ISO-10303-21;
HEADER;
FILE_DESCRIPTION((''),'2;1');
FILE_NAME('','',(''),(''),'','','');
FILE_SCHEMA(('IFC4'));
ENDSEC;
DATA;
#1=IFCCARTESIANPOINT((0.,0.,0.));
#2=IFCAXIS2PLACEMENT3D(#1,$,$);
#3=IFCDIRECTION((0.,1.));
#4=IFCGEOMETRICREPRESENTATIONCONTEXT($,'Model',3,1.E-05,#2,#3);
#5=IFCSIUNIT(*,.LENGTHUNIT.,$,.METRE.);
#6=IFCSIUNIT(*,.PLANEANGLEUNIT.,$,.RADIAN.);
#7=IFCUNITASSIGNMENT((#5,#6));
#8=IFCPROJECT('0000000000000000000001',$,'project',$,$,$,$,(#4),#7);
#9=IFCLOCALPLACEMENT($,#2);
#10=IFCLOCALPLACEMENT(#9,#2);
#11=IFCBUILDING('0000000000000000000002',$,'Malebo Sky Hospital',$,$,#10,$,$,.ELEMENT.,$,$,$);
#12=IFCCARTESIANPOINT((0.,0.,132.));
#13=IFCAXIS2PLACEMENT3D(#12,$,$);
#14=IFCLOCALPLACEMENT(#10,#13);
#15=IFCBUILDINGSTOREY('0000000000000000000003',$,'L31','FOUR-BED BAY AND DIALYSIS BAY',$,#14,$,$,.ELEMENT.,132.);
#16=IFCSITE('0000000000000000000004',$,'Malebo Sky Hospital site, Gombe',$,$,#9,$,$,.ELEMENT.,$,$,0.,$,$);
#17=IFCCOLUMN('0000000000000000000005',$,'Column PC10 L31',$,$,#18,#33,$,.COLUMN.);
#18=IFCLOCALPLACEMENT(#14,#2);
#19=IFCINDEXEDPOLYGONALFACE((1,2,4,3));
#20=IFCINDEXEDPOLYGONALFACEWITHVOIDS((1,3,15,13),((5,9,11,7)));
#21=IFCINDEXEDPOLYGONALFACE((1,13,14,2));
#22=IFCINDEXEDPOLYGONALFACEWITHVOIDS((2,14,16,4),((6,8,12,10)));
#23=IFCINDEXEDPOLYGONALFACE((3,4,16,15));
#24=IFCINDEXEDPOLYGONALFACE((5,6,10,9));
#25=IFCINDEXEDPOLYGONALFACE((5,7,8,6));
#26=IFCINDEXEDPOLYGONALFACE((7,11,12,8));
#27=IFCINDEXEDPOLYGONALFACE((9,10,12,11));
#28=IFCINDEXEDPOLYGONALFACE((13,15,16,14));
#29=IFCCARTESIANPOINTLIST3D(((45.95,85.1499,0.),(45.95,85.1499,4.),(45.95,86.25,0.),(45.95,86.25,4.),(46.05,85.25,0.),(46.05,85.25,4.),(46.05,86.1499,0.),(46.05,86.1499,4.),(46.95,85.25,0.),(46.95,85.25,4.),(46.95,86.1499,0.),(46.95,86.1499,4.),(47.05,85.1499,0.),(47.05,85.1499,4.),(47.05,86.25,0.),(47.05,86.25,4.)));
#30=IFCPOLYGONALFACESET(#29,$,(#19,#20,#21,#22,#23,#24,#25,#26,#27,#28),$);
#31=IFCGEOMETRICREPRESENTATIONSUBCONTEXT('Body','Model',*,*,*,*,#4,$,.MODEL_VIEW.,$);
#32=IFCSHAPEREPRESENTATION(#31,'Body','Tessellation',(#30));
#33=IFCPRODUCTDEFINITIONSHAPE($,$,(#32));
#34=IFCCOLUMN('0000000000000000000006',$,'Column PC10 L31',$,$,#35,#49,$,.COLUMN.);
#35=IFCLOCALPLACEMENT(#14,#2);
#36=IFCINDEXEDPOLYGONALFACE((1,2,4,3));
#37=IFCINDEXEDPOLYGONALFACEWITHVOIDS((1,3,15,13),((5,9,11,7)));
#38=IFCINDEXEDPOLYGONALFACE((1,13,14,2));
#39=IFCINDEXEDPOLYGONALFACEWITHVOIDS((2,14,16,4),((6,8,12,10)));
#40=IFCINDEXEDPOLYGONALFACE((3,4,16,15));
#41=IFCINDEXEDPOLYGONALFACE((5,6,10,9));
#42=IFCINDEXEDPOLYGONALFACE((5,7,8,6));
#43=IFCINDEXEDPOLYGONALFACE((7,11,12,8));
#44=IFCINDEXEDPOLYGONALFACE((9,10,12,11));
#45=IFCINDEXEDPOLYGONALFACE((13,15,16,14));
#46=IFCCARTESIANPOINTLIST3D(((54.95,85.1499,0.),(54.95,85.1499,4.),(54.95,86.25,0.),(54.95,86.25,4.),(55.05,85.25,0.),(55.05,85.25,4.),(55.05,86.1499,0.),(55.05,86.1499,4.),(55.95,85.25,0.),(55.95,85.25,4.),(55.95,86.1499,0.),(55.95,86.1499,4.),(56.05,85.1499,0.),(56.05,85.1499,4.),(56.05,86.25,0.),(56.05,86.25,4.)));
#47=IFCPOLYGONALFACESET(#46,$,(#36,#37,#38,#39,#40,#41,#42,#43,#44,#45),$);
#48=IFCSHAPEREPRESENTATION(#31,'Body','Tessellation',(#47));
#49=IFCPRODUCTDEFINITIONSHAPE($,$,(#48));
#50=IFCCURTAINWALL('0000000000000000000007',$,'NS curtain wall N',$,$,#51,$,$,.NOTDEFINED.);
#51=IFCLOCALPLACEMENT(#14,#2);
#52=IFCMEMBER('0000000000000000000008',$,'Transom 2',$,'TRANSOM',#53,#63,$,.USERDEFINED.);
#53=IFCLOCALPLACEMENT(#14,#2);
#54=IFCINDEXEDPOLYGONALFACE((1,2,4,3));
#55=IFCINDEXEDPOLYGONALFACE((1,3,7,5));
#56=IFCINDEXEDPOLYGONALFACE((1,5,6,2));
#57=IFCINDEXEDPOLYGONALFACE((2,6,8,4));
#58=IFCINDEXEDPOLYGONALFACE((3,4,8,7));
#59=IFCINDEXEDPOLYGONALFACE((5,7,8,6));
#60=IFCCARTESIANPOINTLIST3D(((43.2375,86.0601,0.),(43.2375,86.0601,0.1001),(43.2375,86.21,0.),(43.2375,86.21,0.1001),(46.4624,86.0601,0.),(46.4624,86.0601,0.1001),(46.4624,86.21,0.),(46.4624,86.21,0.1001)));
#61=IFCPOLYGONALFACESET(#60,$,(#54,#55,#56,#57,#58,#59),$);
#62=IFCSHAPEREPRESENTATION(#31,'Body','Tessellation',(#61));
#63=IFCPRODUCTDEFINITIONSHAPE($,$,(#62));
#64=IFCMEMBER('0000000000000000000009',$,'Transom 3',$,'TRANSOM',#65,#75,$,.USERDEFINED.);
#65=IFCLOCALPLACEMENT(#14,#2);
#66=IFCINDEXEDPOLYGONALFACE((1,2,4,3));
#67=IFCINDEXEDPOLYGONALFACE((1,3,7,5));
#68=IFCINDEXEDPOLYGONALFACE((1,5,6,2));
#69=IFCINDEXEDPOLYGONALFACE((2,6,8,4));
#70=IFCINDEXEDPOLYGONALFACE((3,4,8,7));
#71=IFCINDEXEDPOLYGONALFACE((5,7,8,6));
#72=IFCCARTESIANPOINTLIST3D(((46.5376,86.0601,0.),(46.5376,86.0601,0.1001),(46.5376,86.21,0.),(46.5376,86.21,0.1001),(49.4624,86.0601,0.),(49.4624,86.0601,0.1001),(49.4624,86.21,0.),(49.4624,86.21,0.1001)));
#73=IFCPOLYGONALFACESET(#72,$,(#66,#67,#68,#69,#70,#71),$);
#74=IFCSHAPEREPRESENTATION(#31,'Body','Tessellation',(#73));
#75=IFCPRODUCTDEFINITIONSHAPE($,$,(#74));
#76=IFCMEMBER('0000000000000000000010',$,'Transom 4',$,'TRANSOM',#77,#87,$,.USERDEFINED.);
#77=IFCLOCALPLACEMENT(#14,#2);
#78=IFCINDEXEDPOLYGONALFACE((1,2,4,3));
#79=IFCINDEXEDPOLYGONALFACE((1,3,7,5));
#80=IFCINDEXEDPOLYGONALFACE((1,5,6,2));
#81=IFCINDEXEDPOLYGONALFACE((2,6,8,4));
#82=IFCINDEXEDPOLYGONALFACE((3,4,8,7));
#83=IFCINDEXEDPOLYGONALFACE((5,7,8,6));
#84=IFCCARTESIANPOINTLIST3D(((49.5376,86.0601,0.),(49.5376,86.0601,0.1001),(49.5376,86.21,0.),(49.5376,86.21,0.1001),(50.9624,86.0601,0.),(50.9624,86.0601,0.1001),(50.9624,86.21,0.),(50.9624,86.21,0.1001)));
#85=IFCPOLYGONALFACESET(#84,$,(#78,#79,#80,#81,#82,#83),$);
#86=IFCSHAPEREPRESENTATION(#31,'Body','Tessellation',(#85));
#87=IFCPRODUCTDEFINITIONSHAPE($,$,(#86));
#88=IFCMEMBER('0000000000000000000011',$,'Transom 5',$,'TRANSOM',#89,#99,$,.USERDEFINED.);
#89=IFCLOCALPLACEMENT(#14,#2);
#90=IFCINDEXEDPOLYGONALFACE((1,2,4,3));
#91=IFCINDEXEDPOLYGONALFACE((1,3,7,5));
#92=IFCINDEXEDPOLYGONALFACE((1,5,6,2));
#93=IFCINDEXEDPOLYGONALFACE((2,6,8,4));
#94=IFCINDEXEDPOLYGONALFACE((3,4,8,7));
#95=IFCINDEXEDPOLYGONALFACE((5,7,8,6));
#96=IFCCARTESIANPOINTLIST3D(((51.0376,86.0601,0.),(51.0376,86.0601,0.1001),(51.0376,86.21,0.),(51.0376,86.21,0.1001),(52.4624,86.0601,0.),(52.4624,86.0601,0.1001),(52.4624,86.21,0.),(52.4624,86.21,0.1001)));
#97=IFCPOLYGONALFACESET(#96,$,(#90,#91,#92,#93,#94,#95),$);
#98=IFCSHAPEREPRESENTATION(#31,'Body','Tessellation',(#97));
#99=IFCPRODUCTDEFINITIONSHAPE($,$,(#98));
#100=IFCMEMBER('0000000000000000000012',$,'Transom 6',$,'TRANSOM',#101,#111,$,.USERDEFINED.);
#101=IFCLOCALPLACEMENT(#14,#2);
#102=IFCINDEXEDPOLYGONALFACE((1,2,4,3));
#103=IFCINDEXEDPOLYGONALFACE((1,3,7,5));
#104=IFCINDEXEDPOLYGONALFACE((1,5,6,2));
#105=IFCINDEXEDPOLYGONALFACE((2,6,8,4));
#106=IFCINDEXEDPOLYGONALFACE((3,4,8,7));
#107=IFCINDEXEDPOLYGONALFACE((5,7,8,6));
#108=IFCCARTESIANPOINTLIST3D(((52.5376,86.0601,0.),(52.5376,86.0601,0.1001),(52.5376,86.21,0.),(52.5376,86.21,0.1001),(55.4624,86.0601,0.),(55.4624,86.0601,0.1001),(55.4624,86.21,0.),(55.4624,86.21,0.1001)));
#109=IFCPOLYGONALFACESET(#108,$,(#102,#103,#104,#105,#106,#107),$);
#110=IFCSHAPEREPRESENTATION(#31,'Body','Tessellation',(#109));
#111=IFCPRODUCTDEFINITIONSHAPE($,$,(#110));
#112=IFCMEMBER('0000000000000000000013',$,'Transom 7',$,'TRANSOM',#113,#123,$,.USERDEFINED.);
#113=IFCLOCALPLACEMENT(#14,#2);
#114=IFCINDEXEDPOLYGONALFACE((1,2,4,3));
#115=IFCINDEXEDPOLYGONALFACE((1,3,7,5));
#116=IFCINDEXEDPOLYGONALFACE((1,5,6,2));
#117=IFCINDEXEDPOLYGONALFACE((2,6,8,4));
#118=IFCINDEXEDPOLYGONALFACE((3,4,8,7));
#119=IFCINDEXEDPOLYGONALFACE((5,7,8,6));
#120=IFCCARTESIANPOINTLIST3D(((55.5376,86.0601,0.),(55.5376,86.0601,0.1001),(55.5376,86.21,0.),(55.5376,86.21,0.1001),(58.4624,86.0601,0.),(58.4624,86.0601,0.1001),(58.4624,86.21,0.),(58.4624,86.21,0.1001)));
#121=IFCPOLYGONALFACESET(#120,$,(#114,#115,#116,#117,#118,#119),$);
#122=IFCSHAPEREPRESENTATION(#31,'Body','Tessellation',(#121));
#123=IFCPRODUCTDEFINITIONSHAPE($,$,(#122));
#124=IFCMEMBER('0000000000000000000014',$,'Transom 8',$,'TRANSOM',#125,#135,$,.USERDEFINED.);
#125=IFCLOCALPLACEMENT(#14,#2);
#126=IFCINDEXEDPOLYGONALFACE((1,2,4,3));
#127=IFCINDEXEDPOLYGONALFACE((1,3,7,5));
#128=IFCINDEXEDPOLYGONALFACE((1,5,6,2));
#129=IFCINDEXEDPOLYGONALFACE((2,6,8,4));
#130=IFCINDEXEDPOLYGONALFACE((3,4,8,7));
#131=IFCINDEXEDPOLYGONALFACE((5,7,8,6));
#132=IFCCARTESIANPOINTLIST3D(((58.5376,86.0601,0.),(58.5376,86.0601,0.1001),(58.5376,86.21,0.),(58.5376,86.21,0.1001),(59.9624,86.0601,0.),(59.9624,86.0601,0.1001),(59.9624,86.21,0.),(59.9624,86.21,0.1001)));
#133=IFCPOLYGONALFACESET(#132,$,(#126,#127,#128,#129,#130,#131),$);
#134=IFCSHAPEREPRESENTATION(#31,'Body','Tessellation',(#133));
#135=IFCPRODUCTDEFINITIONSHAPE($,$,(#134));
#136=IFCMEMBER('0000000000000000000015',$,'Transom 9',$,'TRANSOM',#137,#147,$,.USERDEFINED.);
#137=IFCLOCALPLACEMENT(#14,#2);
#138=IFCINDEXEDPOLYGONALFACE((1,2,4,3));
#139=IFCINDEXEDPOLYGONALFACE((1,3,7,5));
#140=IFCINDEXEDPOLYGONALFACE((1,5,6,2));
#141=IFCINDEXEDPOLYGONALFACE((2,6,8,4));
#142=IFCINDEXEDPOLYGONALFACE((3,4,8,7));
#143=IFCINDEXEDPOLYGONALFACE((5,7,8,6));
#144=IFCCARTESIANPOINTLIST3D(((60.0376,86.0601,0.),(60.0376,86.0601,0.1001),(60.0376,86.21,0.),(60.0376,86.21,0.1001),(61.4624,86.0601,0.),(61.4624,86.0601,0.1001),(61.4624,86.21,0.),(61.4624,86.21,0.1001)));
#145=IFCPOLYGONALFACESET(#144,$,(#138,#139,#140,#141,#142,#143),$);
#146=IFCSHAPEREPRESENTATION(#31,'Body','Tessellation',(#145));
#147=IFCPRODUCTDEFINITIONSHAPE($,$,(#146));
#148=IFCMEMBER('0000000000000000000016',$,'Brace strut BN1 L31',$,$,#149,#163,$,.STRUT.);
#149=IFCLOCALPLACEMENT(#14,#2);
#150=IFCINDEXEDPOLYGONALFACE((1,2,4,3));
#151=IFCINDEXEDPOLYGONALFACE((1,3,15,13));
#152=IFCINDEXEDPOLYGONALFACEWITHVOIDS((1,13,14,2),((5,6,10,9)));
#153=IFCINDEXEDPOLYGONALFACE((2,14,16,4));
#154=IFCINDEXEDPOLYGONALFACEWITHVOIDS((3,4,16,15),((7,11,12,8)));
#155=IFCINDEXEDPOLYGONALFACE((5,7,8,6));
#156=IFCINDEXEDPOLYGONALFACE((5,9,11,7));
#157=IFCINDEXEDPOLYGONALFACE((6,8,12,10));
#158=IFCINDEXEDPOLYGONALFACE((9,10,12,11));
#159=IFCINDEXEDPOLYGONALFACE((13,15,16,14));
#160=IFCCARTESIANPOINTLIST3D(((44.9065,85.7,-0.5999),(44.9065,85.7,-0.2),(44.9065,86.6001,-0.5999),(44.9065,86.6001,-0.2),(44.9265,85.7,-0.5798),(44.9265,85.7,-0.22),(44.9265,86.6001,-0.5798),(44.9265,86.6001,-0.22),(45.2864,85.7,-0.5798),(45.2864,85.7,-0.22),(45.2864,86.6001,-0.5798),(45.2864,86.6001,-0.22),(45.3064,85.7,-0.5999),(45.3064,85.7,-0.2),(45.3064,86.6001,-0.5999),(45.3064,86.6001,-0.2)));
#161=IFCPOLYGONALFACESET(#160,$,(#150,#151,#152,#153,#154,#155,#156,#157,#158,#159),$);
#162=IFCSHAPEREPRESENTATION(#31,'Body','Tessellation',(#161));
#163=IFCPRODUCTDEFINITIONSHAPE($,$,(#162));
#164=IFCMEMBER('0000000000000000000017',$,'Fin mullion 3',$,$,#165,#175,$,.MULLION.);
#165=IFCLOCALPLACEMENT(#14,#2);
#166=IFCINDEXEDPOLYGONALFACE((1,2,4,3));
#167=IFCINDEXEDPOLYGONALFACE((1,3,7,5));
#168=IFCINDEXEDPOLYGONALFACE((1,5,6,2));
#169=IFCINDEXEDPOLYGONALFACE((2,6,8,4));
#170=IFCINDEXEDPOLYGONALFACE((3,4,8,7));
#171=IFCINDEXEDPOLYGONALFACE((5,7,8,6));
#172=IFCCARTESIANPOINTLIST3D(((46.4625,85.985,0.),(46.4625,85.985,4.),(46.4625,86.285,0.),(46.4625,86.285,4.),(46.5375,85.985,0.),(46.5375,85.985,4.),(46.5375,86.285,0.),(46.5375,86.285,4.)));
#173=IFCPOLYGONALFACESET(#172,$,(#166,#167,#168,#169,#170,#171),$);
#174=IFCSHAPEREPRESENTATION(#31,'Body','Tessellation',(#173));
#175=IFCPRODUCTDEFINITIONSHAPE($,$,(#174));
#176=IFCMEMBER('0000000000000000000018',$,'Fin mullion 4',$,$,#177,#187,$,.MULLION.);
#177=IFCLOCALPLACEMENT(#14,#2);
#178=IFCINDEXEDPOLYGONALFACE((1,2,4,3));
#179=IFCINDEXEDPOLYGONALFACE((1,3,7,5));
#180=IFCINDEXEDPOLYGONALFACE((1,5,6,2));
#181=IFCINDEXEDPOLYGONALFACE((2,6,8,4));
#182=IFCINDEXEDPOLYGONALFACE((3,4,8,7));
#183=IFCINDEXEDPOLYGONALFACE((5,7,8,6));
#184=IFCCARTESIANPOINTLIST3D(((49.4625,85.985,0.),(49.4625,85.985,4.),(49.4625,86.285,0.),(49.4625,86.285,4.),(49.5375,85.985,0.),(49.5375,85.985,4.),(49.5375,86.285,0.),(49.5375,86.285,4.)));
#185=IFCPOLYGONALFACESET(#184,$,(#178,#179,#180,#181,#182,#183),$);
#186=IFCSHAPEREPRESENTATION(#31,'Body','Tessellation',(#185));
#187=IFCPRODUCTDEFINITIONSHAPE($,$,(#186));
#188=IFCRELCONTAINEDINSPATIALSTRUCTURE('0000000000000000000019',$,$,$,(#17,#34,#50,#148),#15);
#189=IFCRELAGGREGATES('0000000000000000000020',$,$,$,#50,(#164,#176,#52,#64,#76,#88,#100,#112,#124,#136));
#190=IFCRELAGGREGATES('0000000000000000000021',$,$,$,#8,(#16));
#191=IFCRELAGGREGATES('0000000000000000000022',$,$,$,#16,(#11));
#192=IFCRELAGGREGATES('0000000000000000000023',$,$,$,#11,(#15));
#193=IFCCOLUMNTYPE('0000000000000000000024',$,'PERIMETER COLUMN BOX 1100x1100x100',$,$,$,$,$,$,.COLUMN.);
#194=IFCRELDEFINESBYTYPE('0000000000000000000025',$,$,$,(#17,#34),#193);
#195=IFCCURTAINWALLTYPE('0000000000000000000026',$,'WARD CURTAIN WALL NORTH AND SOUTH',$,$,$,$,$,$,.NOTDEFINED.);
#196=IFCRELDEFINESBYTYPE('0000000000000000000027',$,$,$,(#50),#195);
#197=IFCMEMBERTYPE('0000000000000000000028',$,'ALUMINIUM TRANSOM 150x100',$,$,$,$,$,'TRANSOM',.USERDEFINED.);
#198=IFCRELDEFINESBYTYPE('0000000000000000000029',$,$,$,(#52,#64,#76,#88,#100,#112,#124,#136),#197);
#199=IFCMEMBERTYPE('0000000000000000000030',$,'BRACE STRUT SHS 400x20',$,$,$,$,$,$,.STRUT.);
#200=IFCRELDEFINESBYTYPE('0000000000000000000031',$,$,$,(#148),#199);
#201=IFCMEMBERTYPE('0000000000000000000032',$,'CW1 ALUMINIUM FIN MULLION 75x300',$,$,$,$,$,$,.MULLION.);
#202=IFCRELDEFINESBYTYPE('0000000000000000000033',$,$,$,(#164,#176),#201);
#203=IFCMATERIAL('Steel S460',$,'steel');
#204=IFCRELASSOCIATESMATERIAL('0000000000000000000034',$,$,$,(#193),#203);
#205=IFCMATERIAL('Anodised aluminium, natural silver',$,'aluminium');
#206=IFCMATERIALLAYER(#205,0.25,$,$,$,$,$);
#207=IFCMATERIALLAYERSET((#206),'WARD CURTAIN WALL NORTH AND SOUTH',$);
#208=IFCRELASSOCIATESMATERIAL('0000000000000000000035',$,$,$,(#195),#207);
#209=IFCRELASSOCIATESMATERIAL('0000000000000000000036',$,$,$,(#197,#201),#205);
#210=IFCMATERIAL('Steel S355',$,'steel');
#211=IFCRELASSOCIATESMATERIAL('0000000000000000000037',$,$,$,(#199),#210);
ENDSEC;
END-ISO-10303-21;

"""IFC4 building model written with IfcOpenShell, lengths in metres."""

from ifc_helpers import new_model, si_unit, direction, frame, origin, origin_2d, place, context, subcontext, project, spatial, rectangle, hollow_rectangle, extrude, material, layer, layer_set, material_profile, profile_set, type_object, element, aggregate, save


model = new_model("IFC4")

# Units and contexts
model_context = context("Model", 3, precision=1e-05, world=origin(), true_north=direction((0.0, 1.0)))
body_context = subcontext(model_context, "Body", "Model", "MODEL_VIEW")
ifc_project = project(units=[si_unit("LENGTHUNIT", "METRE"), si_unit("PLANEANGLEUNIT", "RADIAN")], contexts=[model_context])

# Site, building, storey
site_placement = place(None, origin())
site = spatial("IfcSite", under=ifc_project, at=site_placement, Name="Malebo Sky Hospital site, Gombe", CompositionType="ELEMENT", RefElevation=0.0)
building_placement = place(site_placement, origin())
building = spatial("IfcBuilding", under=site, at=building_placement, Name="Malebo Sky Hospital", CompositionType="ELEMENT")
storey_placement = place(building_placement, frame((0.0, 0.0, 132.0)))
storey = spatial("IfcBuildingStorey", under=building, at=storey_placement, Name="L31", Description="FOUR-BED BAY AND DIALYSIS BAY", CompositionType="ELEMENT", Elevation=132.0)

# Columns
ifc_material_1 = material(Name="Steel S460", Category="steel")
ifc_material_profile_1 = material_profile(ifc_material_1, hollow_rectangle(XDim=1.1001, YDim=1.1001, WallThickness=0.1001, at=origin_2d()), Name="BOX 1100x1100x100")
ifc_profile_set_1 = profile_set([ifc_material_profile_1], Name="Steel S460")
column_type = type_object("IfcColumnType", Name="PERIMETER COLUMN BOX 1100x1100x100", PredefinedType="COLUMN", material=ifc_profile_set_1)
for number, where, z_axis, x_axis, name in (
    (1, (46.5, 85.7, 0.0), (0.0, 0.0, 1.0), (1.0, 0.0, 0.0), "Column PC10 L31"),
    (2, (55.5, 85.7, 0.0), (0.0, 0.0, 1.0), (1.0, 0.0, 0.0), "Column PC10 L31"),
):
    element("IfcColumn", number, at=place(storey_placement, frame(where, z_axis=z_axis, x_axis=x_axis)), inside=storey, type_object=column_type, Name=name, PredefinedType="COLUMN", context=body_context, shape_type="SweptSolid", body=[
        extrude(hollow_rectangle(XDim=1.1001, YDim=1.1001, WallThickness=0.1001, at=origin_2d()), origin(), (0.0, 0.0, 1.0), 4.0),
    ])

# Curtain wall, members
ifc_material_2 = material(Name="Anodised aluminium, natural silver", Category="aluminium")
ifc_layer_1 = layer(ifc_material_2, 0.25)
ifc_layer_set_1 = layer_set([ifc_layer_1], Name="WARD CURTAIN WALL NORTH AND SOUTH")
curtain_wall_type = type_object("IfcCurtainWallType", Name="WARD CURTAIN WALL NORTH AND SOUTH", PredefinedType="NOTDEFINED", material=ifc_layer_set_1)
curtain_wall_placement = place(storey_placement, origin())
curtain_wall = element("IfcCurtainWall", 3, at=curtain_wall_placement, inside=storey, type_object=curtain_wall_type, Name="NS curtain wall N", PredefinedType="NOTDEFINED")
ifc_material_profile_2 = material_profile(ifc_material_2, rectangle(XDim=0.1499, YDim=0.1001, at=origin_2d()), Name="ALUMINIUM TRANSOM 150x100")
ifc_profile_set_2 = profile_set([ifc_material_profile_2], Name="Anodised aluminium, natural silver")
member_type_1 = type_object("IfcMemberType", Name="ALUMINIUM TRANSOM 150x100", ElementType="TRANSOM", PredefinedType="USERDEFINED", material=ifc_profile_set_2)
member_1_placement = place(storey_placement, frame((43.2375, 86.135, 0.05), z_axis=(1.0, 0.0, 0.0), x_axis=(0.0, 1.0, 0.0)))
member_1 = element("IfcMember", 4, at=member_1_placement, type_object=member_type_1, Name="Transom 2", ObjectType="TRANSOM", PredefinedType="USERDEFINED", context=body_context, shape_type="SweptSolid", body=[
    extrude(rectangle(XDim=0.1499, YDim=0.1001, at=origin_2d()), origin(), (0.0, 0.0, 1.0), 3.2249),
])
member_2_placement = place(storey_placement, frame((46.5376, 86.135, 0.05), z_axis=(1.0, 0.0, 0.0), x_axis=(0.0, 1.0, 0.0)))
member_2 = element("IfcMember", 5, at=member_2_placement, type_object=member_type_1, Name="Transom 3", ObjectType="TRANSOM", PredefinedType="USERDEFINED", context=body_context, shape_type="SweptSolid", body=[
    extrude(rectangle(XDim=0.1499, YDim=0.1001, at=origin_2d()), origin(), (0.0, 0.0, 1.0), 2.9248),
])
member_3_placement = place(storey_placement, frame((49.5376, 86.135, 0.05), z_axis=(1.0, 0.0, 0.0), x_axis=(0.0, 1.0, 0.0)))
member_3 = element("IfcMember", 6, at=member_3_placement, type_object=member_type_1, Name="Transom 4", ObjectType="TRANSOM", PredefinedType="USERDEFINED", context=body_context, shape_type="SweptSolid", body=[
    extrude(rectangle(XDim=0.1499, YDim=0.1001, at=origin_2d()), origin(), (0.0, 0.0, 1.0), 1.4248),
])
member_4_placement = place(storey_placement, frame((51.0376, 86.135, 0.05), z_axis=(1.0, 0.0, 0.0), x_axis=(0.0, 1.0, 0.0)))
member_4 = element("IfcMember", 7, at=member_4_placement, type_object=member_type_1, Name="Transom 5", ObjectType="TRANSOM", PredefinedType="USERDEFINED", context=body_context, shape_type="SweptSolid", body=[
    extrude(rectangle(XDim=0.1499, YDim=0.1001, at=origin_2d()), origin(), (0.0, 0.0, 1.0), 1.4248),
])
member_5_placement = place(storey_placement, frame((52.5376, 86.135, 0.05), z_axis=(1.0, 0.0, 0.0), x_axis=(0.0, 1.0, 0.0)))
member_5 = element("IfcMember", 8, at=member_5_placement, type_object=member_type_1, Name="Transom 6", ObjectType="TRANSOM", PredefinedType="USERDEFINED", context=body_context, shape_type="SweptSolid", body=[
    extrude(rectangle(XDim=0.1499, YDim=0.1001, at=origin_2d()), origin(), (0.0, 0.0, 1.0), 2.9248),
])
member_6_placement = place(storey_placement, frame((55.5376, 86.135, 0.05), z_axis=(1.0, 0.0, 0.0), x_axis=(0.0, 1.0, 0.0)))
member_6 = element("IfcMember", 9, at=member_6_placement, type_object=member_type_1, Name="Transom 7", ObjectType="TRANSOM", PredefinedType="USERDEFINED", context=body_context, shape_type="SweptSolid", body=[
    extrude(rectangle(XDim=0.1499, YDim=0.1001, at=origin_2d()), origin(), (0.0, 0.0, 1.0), 2.9248),
])
member_7_placement = place(storey_placement, frame((58.5376, 86.135, 0.05), z_axis=(1.0, 0.0, 0.0), x_axis=(0.0, 1.0, 0.0)))
member_7 = element("IfcMember", 10, at=member_7_placement, type_object=member_type_1, Name="Transom 8", ObjectType="TRANSOM", PredefinedType="USERDEFINED", context=body_context, shape_type="SweptSolid", body=[
    extrude(rectangle(XDim=0.1499, YDim=0.1001, at=origin_2d()), origin(), (0.0, 0.0, 1.0), 1.4248),
])
member_8_placement = place(storey_placement, frame((60.0376, 86.135, 0.05), z_axis=(1.0, 0.0, 0.0), x_axis=(0.0, 1.0, 0.0)))
member_8 = element("IfcMember", 11, at=member_8_placement, type_object=member_type_1, Name="Transom 9", ObjectType="TRANSOM", PredefinedType="USERDEFINED", context=body_context, shape_type="SweptSolid", body=[
    extrude(rectangle(XDim=0.1499, YDim=0.1001, at=origin_2d()), origin(), (0.0, 0.0, 1.0), 1.4248),
])

# Members
ifc_material_3 = material(Name="Steel S355", Category="steel")
ifc_material_profile_3 = material_profile(ifc_material_3, hollow_rectangle(XDim=0.3999, YDim=0.3999, WallThickness=0.02, at=origin_2d()), Name="SHS 400x20")
ifc_profile_set_3 = profile_set([ifc_material_profile_3], Name="Steel S355")
member_type_2 = type_object("IfcMemberType", Name="BRACE STRUT SHS 400x20", PredefinedType="STRUT", material=ifc_profile_set_3)
member_9_placement = place(storey_placement, frame((45.1064, 86.6001, -0.3999), z_axis=(0.0, -1.0, 0.0), x_axis=(1.0, 0.0, 0.0)))
element("IfcMember", 12, at=member_9_placement, inside=storey, type_object=member_type_2, Name="Brace strut BN1 L31", PredefinedType="STRUT", context=body_context, shape_type="SweptSolid", body=[
    extrude(hollow_rectangle(XDim=0.3999, YDim=0.3999, WallThickness=0.02, at=origin_2d()), origin(), (0.0, 0.0, 1.0), 0.9001),
])
ifc_material_profile_4 = material_profile(ifc_material_2, rectangle(XDim=0.075, YDim=0.3, at=origin_2d()), Name="CW1 ALUMINIUM FIN MULLION 75x300")
ifc_profile_set_4 = profile_set([ifc_material_profile_4], Name="Anodised aluminium, natural silver")
member_type_3 = type_object("IfcMemberType", Name="CW1 ALUMINIUM FIN MULLION 75x300", PredefinedType="MULLION", material=ifc_profile_set_4)
member_10_placement = place(storey_placement, frame((46.5, 86.135, 0.0), z_axis=(0.0, 0.0, 1.0), x_axis=(1.0, 0.0, 0.0)))
member_10 = element("IfcMember", 13, at=member_10_placement, type_object=member_type_3, Name="Fin mullion 3", PredefinedType="MULLION", context=body_context, shape_type="SweptSolid", body=[
    extrude(rectangle(XDim=0.075, YDim=0.3, at=origin_2d()), origin(), (0.0, 0.0, 1.0), 4.0),
])
member_11_placement = place(storey_placement, frame((49.5, 86.135, 0.0), z_axis=(0.0, 0.0, 1.0), x_axis=(1.0, 0.0, 0.0)))
member_11 = element("IfcMember", 14, at=member_11_placement, type_object=member_type_3, Name="Fin mullion 4", PredefinedType="MULLION", context=body_context, shape_type="SweptSolid", body=[
    extrude(rectangle(XDim=0.075, YDim=0.3, at=origin_2d()), origin(), (0.0, 0.0, 1.0), 4.0),
])

aggregate(curtain_wall, [member_10, member_11, member_1, member_2, member_3, member_4, member_5, member_6, member_7, member_8])

save(model, "model.ifc")
